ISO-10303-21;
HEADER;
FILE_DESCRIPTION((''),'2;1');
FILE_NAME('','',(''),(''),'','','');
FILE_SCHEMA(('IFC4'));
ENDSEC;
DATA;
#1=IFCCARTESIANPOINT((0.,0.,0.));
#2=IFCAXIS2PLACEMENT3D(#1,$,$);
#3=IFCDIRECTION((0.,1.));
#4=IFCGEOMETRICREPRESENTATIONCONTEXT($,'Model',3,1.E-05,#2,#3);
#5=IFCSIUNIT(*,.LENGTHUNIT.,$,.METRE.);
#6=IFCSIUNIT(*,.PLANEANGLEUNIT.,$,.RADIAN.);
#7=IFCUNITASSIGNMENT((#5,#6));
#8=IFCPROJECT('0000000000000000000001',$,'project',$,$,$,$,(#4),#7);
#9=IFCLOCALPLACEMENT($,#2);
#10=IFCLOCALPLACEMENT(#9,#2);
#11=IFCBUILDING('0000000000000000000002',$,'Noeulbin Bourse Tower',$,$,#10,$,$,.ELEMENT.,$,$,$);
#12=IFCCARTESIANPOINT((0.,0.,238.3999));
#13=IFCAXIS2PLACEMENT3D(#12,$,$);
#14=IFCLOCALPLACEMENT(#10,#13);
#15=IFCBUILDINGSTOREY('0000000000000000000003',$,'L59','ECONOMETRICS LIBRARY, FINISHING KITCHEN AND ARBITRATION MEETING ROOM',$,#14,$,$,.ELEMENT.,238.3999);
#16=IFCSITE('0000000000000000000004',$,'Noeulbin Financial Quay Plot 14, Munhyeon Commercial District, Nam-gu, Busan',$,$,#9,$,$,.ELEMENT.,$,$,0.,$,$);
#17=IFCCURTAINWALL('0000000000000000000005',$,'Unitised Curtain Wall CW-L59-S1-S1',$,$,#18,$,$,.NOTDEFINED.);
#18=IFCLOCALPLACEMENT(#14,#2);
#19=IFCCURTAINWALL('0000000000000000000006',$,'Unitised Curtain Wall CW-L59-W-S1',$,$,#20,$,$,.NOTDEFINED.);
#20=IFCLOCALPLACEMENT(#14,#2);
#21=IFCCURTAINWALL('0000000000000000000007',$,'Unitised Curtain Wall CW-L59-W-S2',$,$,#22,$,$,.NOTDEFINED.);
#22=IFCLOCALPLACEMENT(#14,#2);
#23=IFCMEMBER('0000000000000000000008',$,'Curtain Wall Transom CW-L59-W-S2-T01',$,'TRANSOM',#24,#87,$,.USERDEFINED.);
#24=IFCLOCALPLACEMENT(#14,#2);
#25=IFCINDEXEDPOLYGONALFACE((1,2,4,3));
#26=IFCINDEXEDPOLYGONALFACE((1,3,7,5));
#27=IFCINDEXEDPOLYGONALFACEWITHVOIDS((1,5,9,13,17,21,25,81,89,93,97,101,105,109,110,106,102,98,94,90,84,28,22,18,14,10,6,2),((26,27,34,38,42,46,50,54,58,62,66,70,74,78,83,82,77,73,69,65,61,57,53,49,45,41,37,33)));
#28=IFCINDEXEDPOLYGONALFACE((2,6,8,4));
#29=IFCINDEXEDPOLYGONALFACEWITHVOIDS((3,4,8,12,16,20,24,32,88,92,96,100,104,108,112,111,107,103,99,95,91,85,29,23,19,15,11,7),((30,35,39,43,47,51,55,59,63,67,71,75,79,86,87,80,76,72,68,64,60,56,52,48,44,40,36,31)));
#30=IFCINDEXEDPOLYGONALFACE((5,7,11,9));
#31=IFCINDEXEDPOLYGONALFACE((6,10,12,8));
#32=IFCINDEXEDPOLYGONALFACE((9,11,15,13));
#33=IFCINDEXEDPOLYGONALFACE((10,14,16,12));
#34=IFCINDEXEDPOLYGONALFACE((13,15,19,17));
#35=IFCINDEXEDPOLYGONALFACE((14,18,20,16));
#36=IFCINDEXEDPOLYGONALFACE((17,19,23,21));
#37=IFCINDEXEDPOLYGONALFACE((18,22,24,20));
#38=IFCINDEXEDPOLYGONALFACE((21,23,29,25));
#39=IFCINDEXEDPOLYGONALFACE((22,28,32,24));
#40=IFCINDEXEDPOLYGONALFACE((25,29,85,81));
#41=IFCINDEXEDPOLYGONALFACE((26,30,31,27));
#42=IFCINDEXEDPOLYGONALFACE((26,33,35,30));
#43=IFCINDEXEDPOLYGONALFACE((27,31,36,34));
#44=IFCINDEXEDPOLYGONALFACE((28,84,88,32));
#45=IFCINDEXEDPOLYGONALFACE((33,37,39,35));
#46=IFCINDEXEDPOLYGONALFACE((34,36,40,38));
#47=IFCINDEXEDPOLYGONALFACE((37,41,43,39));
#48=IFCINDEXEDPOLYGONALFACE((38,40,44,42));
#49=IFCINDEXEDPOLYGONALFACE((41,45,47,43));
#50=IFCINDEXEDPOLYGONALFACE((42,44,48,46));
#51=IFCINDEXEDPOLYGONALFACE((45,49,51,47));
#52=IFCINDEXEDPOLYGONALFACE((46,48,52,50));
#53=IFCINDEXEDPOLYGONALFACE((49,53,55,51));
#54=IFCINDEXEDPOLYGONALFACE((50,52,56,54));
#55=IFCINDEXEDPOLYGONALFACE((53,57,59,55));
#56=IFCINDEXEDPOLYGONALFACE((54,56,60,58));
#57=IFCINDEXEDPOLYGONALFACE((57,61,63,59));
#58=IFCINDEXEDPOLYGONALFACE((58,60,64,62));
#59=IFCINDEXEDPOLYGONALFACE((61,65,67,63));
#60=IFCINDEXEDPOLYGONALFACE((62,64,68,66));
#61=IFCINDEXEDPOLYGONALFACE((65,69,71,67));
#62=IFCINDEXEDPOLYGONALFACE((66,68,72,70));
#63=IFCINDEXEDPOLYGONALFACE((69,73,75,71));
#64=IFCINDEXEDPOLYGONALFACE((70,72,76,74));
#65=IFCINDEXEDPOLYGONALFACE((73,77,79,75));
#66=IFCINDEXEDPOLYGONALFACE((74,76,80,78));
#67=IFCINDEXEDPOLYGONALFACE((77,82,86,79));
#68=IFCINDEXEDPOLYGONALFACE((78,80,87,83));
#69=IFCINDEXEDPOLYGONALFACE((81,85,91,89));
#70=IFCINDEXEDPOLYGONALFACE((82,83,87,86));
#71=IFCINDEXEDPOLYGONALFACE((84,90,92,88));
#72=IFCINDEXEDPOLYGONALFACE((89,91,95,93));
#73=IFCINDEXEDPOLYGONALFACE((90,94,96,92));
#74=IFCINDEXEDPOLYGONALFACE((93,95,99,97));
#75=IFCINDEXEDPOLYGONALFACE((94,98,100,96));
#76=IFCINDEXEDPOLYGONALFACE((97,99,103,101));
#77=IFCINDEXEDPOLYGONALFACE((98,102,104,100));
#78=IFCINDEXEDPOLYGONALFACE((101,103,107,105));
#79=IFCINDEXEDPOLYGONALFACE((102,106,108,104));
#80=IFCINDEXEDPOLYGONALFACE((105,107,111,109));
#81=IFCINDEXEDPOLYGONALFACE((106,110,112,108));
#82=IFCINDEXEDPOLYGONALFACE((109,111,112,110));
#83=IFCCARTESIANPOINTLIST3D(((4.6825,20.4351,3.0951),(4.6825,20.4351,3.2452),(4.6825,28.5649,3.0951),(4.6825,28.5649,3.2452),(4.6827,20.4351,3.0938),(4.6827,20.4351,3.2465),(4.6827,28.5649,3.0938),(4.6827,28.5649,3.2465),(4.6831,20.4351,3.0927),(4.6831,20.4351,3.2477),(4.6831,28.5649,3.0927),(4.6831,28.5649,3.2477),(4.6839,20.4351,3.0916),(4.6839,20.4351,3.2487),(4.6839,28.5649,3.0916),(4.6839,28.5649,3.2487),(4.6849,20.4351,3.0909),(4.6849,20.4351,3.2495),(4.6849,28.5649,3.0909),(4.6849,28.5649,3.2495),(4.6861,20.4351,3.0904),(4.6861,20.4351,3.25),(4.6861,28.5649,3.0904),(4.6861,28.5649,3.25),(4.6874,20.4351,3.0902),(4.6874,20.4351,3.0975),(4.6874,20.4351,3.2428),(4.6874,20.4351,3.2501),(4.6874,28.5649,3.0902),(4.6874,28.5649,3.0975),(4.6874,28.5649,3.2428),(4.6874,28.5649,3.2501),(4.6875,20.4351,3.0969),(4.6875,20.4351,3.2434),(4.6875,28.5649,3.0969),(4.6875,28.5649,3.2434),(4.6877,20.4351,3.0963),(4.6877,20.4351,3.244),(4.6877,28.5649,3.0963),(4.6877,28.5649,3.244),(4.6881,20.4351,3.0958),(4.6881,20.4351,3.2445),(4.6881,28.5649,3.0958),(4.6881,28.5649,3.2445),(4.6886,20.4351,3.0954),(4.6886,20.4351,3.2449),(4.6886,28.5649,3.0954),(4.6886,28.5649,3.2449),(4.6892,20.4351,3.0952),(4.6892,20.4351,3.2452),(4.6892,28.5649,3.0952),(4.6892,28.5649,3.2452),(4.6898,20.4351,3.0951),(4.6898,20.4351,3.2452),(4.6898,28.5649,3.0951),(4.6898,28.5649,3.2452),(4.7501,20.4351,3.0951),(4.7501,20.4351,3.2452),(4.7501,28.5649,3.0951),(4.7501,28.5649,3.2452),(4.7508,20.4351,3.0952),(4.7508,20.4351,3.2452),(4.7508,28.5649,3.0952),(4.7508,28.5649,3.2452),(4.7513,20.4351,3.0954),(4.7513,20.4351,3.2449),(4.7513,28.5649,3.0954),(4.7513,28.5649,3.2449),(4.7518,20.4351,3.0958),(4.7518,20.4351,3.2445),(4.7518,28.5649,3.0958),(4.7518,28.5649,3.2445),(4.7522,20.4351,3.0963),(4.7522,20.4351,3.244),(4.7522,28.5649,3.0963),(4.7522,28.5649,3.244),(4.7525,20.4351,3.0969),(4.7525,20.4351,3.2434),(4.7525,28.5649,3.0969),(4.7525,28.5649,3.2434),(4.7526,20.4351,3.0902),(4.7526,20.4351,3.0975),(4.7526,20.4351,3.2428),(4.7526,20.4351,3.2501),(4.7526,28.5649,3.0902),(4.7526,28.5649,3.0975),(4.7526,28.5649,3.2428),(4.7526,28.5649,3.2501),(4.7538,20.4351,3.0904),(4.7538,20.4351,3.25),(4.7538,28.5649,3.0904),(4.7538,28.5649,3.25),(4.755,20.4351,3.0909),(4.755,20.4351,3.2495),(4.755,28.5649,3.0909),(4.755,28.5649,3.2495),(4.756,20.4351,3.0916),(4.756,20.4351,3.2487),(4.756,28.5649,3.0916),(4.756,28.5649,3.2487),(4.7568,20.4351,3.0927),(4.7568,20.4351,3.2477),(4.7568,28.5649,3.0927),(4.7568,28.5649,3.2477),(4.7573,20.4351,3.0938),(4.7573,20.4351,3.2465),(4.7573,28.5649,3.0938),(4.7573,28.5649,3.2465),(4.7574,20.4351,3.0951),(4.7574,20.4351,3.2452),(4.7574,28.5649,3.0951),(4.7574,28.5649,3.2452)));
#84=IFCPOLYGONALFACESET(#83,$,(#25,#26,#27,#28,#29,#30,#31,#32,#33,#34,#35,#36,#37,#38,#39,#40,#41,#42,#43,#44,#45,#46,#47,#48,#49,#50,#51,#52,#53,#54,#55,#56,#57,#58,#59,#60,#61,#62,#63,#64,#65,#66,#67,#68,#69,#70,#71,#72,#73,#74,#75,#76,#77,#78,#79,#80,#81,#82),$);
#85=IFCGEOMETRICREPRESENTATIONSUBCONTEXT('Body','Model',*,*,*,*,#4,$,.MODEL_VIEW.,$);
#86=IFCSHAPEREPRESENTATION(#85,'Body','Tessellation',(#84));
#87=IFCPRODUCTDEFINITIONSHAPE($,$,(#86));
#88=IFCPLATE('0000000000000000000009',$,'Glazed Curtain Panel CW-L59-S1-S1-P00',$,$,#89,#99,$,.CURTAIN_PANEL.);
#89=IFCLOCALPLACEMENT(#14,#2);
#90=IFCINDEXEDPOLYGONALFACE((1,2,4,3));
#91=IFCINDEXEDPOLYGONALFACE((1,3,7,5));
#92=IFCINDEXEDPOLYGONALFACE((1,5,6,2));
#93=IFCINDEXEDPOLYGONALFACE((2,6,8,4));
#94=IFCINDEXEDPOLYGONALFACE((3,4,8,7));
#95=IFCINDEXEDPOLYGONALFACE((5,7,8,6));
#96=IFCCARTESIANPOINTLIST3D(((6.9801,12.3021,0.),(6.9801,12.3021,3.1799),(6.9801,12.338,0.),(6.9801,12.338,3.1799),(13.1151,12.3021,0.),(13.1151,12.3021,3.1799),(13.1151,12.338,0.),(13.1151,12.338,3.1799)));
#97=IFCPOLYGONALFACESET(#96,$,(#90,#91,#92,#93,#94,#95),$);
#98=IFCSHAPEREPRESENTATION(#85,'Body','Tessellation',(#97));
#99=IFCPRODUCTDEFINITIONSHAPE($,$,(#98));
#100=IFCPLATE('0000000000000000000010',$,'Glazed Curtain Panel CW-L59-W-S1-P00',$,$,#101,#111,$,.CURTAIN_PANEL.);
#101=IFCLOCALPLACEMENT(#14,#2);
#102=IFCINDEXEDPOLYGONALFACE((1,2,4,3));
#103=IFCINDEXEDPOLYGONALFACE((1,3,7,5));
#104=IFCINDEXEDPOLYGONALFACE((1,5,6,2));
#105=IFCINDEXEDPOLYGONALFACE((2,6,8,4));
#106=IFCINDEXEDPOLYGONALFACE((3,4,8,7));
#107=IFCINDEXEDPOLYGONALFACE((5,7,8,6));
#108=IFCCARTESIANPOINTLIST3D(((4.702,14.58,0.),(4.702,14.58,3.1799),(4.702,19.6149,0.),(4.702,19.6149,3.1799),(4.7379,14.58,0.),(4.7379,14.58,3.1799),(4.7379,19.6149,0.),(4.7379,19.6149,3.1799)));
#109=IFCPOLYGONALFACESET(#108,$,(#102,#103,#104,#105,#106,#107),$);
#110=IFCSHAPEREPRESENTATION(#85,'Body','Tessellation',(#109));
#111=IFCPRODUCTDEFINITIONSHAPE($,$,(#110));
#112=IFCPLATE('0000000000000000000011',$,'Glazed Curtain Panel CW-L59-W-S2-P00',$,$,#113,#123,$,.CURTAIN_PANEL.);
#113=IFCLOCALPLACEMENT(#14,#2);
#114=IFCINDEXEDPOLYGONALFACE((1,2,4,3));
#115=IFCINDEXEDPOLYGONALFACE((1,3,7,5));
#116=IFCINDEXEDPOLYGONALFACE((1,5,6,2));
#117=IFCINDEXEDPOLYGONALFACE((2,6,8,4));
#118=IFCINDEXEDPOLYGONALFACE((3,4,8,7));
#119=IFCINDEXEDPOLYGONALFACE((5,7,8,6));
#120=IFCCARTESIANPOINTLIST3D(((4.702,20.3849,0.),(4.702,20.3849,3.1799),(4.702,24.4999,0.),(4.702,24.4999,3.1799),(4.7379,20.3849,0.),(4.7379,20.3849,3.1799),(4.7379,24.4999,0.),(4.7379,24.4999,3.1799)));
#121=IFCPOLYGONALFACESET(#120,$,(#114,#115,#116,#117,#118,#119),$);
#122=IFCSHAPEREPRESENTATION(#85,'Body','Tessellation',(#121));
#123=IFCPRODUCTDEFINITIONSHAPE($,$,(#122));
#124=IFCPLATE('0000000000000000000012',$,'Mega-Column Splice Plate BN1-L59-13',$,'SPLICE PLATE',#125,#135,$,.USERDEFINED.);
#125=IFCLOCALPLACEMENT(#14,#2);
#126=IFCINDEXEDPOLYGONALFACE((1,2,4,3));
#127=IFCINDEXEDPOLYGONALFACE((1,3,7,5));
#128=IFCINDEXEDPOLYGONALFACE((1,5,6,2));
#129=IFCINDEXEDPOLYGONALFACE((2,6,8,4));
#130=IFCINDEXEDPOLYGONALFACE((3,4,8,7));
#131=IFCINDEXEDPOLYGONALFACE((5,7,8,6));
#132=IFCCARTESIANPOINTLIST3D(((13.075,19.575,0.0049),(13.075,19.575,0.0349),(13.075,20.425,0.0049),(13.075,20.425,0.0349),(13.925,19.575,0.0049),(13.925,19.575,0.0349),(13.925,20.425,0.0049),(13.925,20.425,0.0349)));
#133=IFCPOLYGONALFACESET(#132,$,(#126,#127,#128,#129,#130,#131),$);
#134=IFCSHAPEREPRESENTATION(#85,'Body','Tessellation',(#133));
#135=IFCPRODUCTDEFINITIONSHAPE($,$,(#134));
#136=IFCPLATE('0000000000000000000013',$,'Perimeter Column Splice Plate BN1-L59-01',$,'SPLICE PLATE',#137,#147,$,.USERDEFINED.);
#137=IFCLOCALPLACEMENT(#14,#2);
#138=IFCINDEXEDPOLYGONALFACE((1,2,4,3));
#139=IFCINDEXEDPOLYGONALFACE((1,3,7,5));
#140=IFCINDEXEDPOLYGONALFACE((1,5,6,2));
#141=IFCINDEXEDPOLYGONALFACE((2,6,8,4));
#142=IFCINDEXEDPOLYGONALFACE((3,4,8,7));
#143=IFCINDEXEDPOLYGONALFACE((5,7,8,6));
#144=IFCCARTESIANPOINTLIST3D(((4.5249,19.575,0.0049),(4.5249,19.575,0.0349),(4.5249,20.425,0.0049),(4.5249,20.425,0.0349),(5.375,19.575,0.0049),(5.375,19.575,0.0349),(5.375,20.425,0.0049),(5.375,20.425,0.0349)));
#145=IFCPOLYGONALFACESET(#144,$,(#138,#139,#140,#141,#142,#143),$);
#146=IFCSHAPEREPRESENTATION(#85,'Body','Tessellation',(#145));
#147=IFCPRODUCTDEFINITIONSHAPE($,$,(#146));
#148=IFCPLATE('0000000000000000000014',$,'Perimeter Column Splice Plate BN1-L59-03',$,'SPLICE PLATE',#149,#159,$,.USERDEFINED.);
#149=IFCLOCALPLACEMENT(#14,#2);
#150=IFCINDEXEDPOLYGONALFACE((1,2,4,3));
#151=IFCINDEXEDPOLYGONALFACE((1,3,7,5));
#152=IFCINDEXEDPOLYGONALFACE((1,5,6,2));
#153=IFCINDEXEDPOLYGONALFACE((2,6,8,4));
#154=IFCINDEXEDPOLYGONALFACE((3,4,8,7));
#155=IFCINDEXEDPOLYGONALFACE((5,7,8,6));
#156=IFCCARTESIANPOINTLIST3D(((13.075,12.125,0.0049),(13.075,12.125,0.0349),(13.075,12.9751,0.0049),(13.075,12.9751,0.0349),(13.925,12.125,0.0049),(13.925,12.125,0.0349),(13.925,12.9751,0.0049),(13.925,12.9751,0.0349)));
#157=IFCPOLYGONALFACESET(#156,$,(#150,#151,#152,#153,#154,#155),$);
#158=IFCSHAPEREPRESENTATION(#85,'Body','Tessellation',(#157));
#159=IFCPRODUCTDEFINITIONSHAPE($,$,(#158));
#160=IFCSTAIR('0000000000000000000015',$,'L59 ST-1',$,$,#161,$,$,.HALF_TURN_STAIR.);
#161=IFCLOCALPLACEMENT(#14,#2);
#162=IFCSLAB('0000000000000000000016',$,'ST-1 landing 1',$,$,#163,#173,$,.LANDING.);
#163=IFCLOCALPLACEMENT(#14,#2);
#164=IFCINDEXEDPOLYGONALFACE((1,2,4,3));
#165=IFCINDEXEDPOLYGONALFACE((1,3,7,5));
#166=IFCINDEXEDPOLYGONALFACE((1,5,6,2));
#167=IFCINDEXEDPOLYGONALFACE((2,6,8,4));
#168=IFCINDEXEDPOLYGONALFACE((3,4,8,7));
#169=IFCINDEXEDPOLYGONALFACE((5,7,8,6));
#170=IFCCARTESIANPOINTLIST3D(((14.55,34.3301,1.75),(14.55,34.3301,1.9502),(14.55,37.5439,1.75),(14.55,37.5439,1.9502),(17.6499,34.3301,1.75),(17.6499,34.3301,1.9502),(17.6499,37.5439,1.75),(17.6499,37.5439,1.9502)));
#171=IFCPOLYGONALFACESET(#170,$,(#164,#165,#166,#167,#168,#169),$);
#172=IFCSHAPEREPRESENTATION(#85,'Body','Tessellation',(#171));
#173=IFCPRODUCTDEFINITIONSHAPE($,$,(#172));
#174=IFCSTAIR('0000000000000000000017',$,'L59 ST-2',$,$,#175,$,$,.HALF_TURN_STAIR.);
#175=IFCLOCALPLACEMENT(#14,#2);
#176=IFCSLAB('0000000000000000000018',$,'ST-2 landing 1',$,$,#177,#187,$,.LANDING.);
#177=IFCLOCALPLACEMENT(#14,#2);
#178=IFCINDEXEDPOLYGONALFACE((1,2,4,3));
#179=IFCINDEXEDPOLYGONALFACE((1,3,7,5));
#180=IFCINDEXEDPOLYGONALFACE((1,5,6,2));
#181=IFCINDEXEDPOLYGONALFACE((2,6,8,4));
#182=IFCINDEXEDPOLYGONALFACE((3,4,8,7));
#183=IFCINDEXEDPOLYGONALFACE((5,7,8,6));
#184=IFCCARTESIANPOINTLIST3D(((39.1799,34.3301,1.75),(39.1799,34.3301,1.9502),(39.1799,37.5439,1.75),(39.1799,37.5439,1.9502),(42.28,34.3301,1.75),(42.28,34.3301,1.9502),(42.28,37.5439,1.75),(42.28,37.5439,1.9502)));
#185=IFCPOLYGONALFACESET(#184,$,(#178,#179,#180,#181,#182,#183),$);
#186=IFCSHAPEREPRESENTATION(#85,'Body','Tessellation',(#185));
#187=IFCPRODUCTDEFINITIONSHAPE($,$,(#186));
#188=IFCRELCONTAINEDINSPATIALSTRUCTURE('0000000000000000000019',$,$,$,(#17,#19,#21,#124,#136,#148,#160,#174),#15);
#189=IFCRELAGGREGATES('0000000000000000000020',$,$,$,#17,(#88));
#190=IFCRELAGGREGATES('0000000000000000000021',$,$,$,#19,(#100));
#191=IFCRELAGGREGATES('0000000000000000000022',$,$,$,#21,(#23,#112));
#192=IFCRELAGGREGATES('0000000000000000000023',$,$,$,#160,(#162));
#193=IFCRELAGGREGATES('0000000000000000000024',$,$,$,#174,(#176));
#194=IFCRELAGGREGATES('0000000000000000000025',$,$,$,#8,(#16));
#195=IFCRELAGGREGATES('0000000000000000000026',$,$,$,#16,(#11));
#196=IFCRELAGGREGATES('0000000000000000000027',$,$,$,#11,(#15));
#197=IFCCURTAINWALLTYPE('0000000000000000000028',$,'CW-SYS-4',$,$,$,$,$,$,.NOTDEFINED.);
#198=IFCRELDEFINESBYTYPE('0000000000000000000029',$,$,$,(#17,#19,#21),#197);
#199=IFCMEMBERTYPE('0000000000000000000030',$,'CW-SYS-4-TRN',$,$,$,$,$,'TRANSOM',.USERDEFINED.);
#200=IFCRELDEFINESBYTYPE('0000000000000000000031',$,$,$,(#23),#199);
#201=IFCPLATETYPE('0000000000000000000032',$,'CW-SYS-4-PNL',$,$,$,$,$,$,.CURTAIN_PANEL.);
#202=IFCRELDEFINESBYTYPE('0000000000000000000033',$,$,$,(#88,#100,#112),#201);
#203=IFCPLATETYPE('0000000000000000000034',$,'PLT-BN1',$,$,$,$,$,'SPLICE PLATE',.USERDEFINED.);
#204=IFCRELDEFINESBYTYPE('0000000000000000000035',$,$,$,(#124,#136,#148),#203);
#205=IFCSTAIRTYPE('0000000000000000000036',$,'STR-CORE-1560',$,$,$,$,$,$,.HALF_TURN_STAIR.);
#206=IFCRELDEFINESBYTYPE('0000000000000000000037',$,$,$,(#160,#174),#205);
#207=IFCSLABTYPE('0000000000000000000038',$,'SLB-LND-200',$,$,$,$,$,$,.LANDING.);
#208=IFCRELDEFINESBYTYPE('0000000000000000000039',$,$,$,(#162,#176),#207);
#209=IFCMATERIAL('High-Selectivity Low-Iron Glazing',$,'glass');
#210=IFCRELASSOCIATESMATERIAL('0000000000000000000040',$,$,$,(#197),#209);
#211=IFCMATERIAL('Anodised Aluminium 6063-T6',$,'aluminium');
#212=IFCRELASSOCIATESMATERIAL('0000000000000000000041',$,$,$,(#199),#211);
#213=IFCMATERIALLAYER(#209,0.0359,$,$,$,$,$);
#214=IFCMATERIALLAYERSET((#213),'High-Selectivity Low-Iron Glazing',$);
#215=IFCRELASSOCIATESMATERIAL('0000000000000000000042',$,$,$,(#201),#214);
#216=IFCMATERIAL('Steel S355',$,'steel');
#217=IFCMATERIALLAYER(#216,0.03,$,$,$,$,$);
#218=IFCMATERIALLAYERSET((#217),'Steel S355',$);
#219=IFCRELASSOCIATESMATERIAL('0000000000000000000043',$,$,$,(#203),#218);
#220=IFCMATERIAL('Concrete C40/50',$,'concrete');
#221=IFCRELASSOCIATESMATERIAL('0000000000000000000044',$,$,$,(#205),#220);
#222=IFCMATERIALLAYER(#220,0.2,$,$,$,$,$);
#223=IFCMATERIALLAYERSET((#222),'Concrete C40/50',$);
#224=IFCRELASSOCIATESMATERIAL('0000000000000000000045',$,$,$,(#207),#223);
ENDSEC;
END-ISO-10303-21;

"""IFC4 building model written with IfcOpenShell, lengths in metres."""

from ifc_helpers import new_model, si_unit, direction, frame, origin, origin_2d, place, context, subcontext, project, spatial, polyline, rectangle, hollow_rectangle, outline, extrude, material, layer, layer_set, material_profile, profile_set, type_object, element, aggregate, save


model = new_model("IFC4")

# Units and contexts
model_context = context("Model", 3, precision=1e-05, world=origin(), true_north=direction((0.0, 1.0)))
body_context = subcontext(model_context, "Body", "Model", "MODEL_VIEW")
ifc_project = project(units=[si_unit("LENGTHUNIT", "METRE"), si_unit("PLANEANGLEUNIT", "RADIAN")], contexts=[model_context])

# Site, building, storey
site_placement = place(None, origin())
site = spatial("IfcSite", under=ifc_project, at=site_placement, Name="Noeulbin Financial Quay Plot 14, Munhyeon Commercial District, Nam-gu, Busan", CompositionType="ELEMENT", RefElevation=0.0)
building_placement = place(site_placement, origin())
building = spatial("IfcBuilding", under=site, at=building_placement, Name="Noeulbin Bourse Tower", CompositionType="ELEMENT")
storey_placement = place(building_placement, frame((0.0, 0.0, 238.3999)))
storey = spatial("IfcBuildingStorey", under=building, at=storey_placement, Name="L59", Description="ECONOMETRICS LIBRARY, FINISHING KITCHEN AND ARBITRATION MEETING ROOM", CompositionType="ELEMENT", Elevation=238.3999)

# Shared definitions
ifc_material_1 = material(Name="Steel S355", Category="steel")

# Curtain walls
ifc_material_2 = material(Name="High-Selectivity Low-Iron Glazing", Category="glass")
curtain_wall_type = type_object("IfcCurtainWallType", Name="CW-SYS-4", PredefinedType="NOTDEFINED", material=ifc_material_2)
curtain_wall_1_placement = place(storey_placement, origin())
curtain_wall_1 = element("IfcCurtainWall", 1, at=curtain_wall_1_placement, inside=storey, type_object=curtain_wall_type, Name="Unitised Curtain Wall CW-L59-S1-S1", PredefinedType="NOTDEFINED")
ifc_material_3 = material(Name="Anodised Aluminium 6063-T6", Category="aluminium")
curtain_wall_2_placement = place(storey_placement, origin())
curtain_wall_2 = element("IfcCurtainWall", 2, at=curtain_wall_2_placement, inside=storey, type_object=curtain_wall_type, Name="Unitised Curtain Wall CW-L59-W-S1", PredefinedType="NOTDEFINED")

# Curtain wall
curtain_wall_3_placement = place(storey_placement, origin())
curtain_wall_3 = element("IfcCurtainWall", 3, at=curtain_wall_3_placement, inside=storey, type_object=curtain_wall_type, Name="Unitised Curtain Wall CW-L59-W-S2", PredefinedType="NOTDEFINED")

# Member
ifc_material_profile_1 = material_profile(ifc_material_3, hollow_rectangle(XDim=0.075, YDim=0.1599, WallThickness=0.0049, InnerFilletRadius=0.0024, OuterFilletRadius=0.0049, at=origin_2d()), Name="ALU-TRAN-75x160x5", Category="LoadBearing")
ifc_profile_set_1 = profile_set([ifc_material_profile_1], Name="Anodised Aluminium 6063-T6")
member_type_1 = type_object("IfcMemberType", Name="CW-SYS-4-TRN", ElementType="TRANSOM", PredefinedType="USERDEFINED", material=ifc_profile_set_1)
member_1_placement = place(storey_placement, frame((4.72, 20.4351, 3.1702), z_axis=(0.0, 1.0, 0.0), x_axis=(-1.0, 0.0, 0.0)))
member_1 = element("IfcMember", 4, at=member_1_placement, type_object=member_type_1, Name="Curtain Wall Transom CW-L59-W-S2-T01", ObjectType="TRANSOM", PredefinedType="USERDEFINED", context=body_context, shape_type="SweptSolid", body=[
    extrude(hollow_rectangle(XDim=0.075, YDim=0.1599, WallThickness=0.0049, InnerFilletRadius=0.0024, OuterFilletRadius=0.0049, at=origin_2d()), origin(), (0.0, 0.0, 1.0), 8.1299),
])

# Plates
ifc_layer_1 = layer(ifc_material_2, 0.0359)
ifc_layer_set_1 = layer_set([ifc_layer_1], Name="High-Selectivity Low-Iron Glazing")
plate_type_1 = type_object("IfcPlateType", Name="CW-SYS-4-PNL", PredefinedType="CURTAIN_PANEL", material=ifc_layer_set_1)
plate_1_placement = place(storey_placement, frame((10.0476, 12.3201, 0.0), z_axis=(0.0, 0.0, 1.0), x_axis=(1.0, 0.0, 0.0)))
plate_1 = element("IfcPlate", 5, at=plate_1_placement, type_object=plate_type_1, Name="Glazed Curtain Panel CW-L59-S1-S1-P00", PredefinedType="CURTAIN_PANEL", context=body_context, shape_type="SweptSolid", body=[
    extrude(rectangle(XDim=6.135, YDim=0.0359, at=origin_2d()), origin(), (0.0, 0.0, 1.0), 3.1799),
])
aggregate(curtain_wall_1, [plate_1])
plate_2_placement = place(storey_placement, frame((4.72, 17.0974, 0.0), z_axis=(0.0, 0.0, 1.0), x_axis=(0.0, 1.0, 0.0)))
plate_2 = element("IfcPlate", 6, at=plate_2_placement, type_object=plate_type_1, Name="Glazed Curtain Panel CW-L59-W-S1-P00", PredefinedType="CURTAIN_PANEL", context=body_context, shape_type="SweptSolid", body=[
    extrude(rectangle(XDim=5.0349, YDim=0.0359, at=origin_2d()), origin(), (0.0, 0.0, 1.0), 3.1799),
])
aggregate(curtain_wall_2, [plate_2])
plate_3_placement = place(storey_placement, frame((4.72, 22.4424, 0.0), z_axis=(0.0, 0.0, 1.0), x_axis=(0.0, 1.0, 0.0)))
plate_3 = element("IfcPlate", 7, at=plate_3_placement, type_object=plate_type_1, Name="Glazed Curtain Panel CW-L59-W-S2-P00", PredefinedType="CURTAIN_PANEL", context=body_context, shape_type="SweptSolid", body=[
    extrude(rectangle(XDim=4.115, YDim=0.0359, at=origin_2d()), origin(), (0.0, 0.0, 1.0), 3.1799),
])
aggregate(curtain_wall_3, [member_1, plate_3])

# Plates
ifc_layer_2 = layer(ifc_material_1, 0.03)
ifc_layer_set_2 = layer_set([ifc_layer_2], Name="Steel S355")
plate_type_2 = type_object("IfcPlateType", Name="PLT-BN1", ElementType="SPLICE PLATE", PredefinedType="USERDEFINED", material=ifc_layer_set_2)
for number, where, z_axis, x_axis, name in (
    (8, (13.5, 20.0, 0.0049), (0.0, 0.0, 1.0), (1.0, 0.0, 0.0), "Mega-Column Splice Plate BN1-L59-13"),
    (9, (4.95, 20.0, 0.0049), (0.0, 0.0, 1.0), (1.0, 0.0, 0.0), "Perimeter Column Splice Plate BN1-L59-01"),
    (10, (13.5, 12.55, 0.0049), (0.0, 0.0, 1.0), (1.0, 0.0, 0.0), "Perimeter Column Splice Plate BN1-L59-03"),
):
    element("IfcPlate", number, at=place(storey_placement, frame(where, z_axis=z_axis, x_axis=x_axis)), inside=storey, type_object=plate_type_2, Name=name, ObjectType="SPLICE PLATE", PredefinedType="USERDEFINED", context=body_context, shape_type="SweptSolid", body=[
        extrude(rectangle(XDim=0.8501, YDim=0.8501, at=origin_2d()), origin(), (0.0, 0.0, 1.0), 0.03),
    ])

# Stairs, slabs
ifc_material_4 = material(Name="Concrete C40/50", Category="concrete")
stair_type = type_object("IfcStairType", Name="STR-CORE-1560", PredefinedType="HALF_TURN_STAIR", material=ifc_material_4)
stair_1_placement = place(storey_placement, origin())
stair_1 = element("IfcStair", 11, at=stair_1_placement, inside=storey, type_object=stair_type, Name="L59 ST-1", PredefinedType="HALF_TURN_STAIR")
ifc_layer_3 = layer(ifc_material_4, 0.2)
ifc_layer_set_3 = layer_set([ifc_layer_3], Name="Concrete C40/50")
slab_type_1 = type_object("IfcSlabType", Name="SLB-LND-200", PredefinedType="LANDING", material=ifc_layer_set_3)
slab_1_placement = place(storey_placement, frame((0.0, 0.0, 1.75)))
slab_1 = element("IfcSlab", 12, at=slab_1_placement, type_object=slab_type_1, Name="ST-1 landing 1", PredefinedType="LANDING", context=body_context, shape_type="SweptSolid", body=[
    extrude(outline(polyline([(17.6499, 34.3301), (17.6499, 37.5439), (14.55, 37.5439), (14.55, 34.3301), (17.6499, 34.3301)])), origin(), (0.0, 0.0, 1.0), 0.2002),
])
aggregate(stair_1, [slab_1])
stair_2_placement = place(storey_placement, origin())
stair_2 = element("IfcStair", 13, at=stair_2_placement, inside=storey, type_object=stair_type, Name="L59 ST-2", PredefinedType="HALF_TURN_STAIR")
slab_2_placement = place(storey_placement, frame((0.0, 0.0, 1.75)))
slab_2 = element("IfcSlab", 14, at=slab_2_placement, type_object=slab_type_1, Name="ST-2 landing 1", PredefinedType="LANDING", context=body_context, shape_type="SweptSolid", body=[
    extrude(outline(polyline([(42.28, 34.3301), (42.28, 37.5439), (39.1799, 37.5439), (39.1799, 34.3301), (42.28, 34.3301)])), origin(), (0.0, 0.0, 1.0), 0.2002),
])
aggregate(stair_2, [slab_2])

save(model, "model.ifc")
